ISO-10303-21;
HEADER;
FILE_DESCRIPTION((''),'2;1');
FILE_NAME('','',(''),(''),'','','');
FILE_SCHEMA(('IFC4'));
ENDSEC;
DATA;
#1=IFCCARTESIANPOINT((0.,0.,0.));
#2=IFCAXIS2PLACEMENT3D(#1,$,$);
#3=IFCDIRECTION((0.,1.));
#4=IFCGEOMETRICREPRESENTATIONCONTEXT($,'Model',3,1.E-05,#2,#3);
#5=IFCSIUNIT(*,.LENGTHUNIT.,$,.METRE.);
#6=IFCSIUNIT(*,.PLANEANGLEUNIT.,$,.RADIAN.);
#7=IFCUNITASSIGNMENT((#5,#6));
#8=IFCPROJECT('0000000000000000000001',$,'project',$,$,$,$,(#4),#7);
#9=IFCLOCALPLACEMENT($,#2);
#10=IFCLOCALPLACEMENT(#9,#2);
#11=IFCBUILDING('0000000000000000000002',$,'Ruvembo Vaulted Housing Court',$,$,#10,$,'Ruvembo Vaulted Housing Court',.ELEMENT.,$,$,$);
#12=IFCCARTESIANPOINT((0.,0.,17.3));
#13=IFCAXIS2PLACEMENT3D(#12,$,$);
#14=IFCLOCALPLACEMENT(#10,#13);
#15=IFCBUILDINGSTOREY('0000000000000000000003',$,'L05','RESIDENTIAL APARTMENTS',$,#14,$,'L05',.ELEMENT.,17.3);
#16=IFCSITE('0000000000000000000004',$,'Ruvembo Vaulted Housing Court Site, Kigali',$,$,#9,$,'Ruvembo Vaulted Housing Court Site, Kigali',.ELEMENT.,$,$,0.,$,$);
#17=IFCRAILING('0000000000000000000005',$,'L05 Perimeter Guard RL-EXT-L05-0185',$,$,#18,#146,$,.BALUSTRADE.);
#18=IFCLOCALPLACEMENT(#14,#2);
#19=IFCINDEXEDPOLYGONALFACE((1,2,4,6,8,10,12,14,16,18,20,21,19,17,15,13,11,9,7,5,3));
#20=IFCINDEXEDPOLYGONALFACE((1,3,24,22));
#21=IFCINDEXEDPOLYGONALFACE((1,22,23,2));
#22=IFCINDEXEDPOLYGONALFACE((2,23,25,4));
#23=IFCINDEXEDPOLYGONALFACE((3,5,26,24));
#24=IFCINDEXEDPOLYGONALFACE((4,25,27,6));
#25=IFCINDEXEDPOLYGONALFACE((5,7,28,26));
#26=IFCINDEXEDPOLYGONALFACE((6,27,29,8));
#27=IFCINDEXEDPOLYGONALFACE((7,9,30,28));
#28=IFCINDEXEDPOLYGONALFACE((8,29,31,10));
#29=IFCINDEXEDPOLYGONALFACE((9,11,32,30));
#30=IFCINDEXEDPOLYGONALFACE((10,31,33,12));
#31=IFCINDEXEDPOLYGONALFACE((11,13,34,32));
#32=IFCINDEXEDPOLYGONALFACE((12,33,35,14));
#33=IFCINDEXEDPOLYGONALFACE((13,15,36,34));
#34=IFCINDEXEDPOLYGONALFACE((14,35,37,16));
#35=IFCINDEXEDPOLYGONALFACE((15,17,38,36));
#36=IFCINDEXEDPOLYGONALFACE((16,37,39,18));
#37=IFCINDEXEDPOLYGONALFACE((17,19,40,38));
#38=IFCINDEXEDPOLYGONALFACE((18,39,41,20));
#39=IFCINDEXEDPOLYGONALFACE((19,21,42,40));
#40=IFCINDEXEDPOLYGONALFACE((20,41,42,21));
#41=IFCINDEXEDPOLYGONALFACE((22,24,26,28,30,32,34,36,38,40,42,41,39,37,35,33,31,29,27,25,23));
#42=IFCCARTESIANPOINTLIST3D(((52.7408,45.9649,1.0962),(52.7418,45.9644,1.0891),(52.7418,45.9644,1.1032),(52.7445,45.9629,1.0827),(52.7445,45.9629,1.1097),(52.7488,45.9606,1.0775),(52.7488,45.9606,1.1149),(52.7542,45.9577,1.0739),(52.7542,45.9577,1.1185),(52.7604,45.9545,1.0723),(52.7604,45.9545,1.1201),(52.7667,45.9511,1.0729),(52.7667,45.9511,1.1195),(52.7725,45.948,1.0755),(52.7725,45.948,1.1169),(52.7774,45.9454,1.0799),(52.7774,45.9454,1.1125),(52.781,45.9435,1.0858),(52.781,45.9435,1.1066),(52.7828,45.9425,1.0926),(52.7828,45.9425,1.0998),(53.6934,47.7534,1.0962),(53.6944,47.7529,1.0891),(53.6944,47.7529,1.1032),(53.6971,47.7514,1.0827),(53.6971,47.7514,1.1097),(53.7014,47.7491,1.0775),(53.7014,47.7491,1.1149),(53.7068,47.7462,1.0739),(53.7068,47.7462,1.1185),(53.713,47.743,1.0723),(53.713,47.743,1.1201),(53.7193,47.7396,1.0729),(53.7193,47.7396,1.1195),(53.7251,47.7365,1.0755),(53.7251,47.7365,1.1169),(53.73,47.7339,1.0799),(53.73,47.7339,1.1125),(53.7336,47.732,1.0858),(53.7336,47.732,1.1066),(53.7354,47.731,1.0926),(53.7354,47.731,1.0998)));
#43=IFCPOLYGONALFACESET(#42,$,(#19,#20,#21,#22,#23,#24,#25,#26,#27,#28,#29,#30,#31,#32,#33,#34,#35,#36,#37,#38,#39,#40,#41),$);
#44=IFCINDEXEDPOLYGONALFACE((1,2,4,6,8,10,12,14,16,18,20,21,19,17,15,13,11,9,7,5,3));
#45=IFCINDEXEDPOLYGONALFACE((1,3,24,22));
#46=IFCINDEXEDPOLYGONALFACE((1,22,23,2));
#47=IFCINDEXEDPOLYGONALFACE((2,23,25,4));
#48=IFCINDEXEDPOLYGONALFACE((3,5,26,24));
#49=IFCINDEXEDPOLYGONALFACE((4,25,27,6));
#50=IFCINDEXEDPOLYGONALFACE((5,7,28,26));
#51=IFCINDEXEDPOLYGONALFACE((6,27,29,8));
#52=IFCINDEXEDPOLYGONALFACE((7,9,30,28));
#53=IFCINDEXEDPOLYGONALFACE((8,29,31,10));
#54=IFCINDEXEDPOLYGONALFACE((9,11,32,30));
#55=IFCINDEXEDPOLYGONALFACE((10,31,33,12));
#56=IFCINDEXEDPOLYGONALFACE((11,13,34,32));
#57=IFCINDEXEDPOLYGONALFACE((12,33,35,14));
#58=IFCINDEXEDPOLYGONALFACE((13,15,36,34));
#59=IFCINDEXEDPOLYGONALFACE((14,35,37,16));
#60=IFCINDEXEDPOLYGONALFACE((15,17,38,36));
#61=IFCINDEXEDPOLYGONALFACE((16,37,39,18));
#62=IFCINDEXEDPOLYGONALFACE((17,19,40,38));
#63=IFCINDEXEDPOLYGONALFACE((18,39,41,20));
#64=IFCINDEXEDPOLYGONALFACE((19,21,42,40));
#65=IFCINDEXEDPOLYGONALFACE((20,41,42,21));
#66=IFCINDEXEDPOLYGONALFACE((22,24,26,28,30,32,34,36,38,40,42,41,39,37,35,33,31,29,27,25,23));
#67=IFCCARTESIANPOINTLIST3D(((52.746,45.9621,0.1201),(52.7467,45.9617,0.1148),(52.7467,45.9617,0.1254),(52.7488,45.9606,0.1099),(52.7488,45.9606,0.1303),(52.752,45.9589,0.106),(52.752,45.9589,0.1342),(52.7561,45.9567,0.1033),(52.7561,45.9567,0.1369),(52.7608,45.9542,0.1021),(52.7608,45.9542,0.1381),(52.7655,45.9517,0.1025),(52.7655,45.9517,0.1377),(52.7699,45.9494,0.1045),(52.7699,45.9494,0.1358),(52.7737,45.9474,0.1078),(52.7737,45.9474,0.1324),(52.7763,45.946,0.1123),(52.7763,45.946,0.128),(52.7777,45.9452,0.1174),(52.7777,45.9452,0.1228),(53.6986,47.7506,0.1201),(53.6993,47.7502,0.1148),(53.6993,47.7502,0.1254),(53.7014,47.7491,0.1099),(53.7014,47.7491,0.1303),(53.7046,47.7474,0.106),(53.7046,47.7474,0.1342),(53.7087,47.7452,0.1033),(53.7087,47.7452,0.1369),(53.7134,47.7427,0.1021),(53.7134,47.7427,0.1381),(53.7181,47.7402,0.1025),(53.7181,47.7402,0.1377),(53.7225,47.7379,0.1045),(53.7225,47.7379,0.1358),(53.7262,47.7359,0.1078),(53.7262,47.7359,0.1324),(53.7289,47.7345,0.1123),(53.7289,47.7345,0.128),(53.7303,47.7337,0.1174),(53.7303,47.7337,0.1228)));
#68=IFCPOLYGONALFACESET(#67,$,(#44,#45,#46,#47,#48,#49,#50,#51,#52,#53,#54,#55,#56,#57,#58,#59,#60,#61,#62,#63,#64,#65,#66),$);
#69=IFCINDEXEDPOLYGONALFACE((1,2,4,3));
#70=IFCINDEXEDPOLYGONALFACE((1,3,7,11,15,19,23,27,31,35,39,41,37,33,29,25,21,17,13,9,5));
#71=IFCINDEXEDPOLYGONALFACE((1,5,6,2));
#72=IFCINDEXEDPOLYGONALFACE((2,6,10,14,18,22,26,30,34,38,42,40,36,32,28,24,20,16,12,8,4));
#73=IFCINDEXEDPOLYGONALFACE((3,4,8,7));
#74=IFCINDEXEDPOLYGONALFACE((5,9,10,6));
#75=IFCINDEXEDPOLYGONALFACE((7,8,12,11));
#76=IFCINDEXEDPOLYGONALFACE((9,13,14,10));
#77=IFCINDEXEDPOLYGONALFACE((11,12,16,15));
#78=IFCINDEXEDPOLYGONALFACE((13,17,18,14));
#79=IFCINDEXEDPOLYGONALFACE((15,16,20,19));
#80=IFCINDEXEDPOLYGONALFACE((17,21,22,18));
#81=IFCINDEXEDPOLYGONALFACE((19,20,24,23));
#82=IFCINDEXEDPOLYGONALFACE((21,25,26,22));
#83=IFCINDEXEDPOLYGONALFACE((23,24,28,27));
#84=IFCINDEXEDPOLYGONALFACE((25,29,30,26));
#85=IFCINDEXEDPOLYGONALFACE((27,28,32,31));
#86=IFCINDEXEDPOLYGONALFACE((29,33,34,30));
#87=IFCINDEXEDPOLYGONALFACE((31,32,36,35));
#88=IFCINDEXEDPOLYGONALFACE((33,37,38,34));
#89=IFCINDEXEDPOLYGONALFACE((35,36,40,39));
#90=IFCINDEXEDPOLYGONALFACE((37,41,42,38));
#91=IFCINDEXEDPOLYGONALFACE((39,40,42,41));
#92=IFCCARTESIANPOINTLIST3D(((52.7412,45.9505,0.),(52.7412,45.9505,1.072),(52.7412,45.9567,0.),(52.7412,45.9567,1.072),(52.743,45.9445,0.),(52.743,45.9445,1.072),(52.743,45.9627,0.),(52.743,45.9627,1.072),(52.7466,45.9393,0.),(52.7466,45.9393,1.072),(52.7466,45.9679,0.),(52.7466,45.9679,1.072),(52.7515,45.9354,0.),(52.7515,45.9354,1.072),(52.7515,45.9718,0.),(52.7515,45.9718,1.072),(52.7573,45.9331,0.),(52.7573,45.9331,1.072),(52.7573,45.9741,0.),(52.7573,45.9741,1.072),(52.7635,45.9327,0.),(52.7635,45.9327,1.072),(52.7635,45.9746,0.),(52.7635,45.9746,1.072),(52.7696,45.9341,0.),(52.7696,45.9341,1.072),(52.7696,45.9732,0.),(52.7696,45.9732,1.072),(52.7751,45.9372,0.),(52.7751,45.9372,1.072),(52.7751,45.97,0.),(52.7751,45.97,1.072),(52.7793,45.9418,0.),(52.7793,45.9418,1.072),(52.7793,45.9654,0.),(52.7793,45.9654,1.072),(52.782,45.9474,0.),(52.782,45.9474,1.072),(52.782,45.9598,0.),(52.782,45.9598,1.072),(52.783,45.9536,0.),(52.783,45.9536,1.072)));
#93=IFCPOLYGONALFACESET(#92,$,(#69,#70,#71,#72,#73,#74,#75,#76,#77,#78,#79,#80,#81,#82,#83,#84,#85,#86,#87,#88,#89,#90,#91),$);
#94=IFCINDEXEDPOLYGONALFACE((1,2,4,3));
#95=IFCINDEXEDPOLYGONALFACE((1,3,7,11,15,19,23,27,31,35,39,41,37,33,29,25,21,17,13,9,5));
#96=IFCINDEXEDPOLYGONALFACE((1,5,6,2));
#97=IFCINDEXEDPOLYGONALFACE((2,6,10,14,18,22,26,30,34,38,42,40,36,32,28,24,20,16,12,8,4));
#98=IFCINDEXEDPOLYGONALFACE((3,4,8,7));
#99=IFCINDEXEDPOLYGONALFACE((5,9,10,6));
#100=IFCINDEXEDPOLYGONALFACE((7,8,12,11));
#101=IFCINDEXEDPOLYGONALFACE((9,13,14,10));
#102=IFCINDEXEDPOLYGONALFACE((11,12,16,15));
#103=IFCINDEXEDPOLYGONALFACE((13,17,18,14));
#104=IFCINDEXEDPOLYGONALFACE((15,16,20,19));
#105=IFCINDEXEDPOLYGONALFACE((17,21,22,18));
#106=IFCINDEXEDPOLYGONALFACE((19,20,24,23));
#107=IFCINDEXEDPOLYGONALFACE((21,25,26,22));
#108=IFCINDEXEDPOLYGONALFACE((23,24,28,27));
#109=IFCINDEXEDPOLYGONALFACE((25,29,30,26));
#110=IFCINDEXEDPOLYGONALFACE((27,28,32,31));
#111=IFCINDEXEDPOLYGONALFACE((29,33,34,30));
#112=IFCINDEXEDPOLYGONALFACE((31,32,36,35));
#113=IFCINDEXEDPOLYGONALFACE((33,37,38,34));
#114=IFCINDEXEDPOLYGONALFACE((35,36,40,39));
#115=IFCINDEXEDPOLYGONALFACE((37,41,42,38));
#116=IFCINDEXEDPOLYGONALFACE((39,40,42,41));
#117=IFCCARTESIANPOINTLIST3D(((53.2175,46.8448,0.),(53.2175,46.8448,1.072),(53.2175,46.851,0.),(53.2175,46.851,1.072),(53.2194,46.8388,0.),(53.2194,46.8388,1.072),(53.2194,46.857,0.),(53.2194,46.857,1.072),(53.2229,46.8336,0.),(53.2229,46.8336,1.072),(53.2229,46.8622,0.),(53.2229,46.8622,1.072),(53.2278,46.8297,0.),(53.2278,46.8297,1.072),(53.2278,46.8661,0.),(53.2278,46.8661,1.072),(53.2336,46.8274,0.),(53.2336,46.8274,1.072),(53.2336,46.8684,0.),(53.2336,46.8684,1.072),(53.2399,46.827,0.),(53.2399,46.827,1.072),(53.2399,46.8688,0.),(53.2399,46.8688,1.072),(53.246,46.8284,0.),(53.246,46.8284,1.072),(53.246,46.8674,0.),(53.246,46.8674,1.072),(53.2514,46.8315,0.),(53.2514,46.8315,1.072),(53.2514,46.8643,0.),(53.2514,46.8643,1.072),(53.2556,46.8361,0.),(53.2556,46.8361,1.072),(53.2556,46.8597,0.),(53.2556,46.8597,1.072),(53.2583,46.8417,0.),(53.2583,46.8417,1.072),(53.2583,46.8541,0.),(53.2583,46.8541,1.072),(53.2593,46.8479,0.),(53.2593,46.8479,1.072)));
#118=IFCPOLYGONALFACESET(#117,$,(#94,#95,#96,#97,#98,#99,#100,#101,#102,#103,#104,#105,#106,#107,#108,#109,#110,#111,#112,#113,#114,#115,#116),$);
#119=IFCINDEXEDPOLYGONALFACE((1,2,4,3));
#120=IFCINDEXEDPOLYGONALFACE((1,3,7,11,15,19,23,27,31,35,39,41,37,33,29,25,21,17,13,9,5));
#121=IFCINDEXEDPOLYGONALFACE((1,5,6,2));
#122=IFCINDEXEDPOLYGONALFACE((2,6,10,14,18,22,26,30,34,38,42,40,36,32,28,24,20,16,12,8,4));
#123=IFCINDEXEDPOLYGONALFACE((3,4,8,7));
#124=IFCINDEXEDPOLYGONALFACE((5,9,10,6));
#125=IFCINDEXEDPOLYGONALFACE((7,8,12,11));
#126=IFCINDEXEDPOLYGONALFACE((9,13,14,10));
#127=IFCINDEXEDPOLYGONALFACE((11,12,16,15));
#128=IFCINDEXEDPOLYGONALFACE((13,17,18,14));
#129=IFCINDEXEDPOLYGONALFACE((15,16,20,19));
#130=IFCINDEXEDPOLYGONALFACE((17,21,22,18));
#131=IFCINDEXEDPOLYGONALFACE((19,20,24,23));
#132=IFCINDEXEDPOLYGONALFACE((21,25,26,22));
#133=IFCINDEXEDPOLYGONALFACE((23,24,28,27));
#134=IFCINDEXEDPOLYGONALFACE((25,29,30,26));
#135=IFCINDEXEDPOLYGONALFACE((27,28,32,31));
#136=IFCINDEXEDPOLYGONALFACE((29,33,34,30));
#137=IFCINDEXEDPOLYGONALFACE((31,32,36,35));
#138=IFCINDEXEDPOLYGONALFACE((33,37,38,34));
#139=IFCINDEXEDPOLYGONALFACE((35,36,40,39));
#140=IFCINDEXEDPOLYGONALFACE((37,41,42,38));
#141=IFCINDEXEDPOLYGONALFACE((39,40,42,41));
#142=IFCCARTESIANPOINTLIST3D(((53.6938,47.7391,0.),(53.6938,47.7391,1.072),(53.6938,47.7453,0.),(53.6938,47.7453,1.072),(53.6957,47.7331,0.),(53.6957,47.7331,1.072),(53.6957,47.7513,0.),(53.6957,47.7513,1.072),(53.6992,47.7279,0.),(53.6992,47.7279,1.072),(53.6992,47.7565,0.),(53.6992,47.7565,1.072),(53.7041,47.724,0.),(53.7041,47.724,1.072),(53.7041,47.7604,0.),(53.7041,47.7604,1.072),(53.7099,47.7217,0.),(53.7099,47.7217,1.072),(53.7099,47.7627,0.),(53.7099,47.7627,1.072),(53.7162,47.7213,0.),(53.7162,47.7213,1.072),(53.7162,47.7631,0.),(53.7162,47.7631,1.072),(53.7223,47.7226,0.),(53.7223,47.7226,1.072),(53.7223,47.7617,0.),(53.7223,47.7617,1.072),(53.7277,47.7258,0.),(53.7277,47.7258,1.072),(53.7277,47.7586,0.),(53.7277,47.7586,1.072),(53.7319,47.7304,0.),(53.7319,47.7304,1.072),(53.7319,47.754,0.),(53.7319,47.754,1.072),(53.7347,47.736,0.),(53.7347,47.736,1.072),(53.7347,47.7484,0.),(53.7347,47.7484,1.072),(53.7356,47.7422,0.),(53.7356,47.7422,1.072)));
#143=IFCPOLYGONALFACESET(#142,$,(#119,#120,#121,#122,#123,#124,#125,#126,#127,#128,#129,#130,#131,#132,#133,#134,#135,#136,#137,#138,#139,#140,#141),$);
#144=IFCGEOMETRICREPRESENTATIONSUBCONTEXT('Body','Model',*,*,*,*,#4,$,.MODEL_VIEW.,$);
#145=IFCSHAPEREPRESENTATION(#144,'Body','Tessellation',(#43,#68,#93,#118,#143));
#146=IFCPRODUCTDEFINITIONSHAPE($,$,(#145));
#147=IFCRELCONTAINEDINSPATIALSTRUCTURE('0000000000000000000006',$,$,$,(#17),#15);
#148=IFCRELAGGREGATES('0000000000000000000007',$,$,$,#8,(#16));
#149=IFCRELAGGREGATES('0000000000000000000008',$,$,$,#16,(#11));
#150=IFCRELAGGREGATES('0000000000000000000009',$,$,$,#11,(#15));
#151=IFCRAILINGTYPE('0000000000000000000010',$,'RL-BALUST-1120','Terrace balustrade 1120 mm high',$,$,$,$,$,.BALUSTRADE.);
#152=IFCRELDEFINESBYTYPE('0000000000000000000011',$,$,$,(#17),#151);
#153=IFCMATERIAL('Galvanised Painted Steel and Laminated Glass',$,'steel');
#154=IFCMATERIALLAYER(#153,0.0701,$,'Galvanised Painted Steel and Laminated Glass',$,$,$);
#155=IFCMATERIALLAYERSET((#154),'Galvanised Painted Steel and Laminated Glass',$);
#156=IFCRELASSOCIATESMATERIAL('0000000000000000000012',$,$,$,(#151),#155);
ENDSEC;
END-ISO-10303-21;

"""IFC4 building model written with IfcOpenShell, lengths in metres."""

from ifc_helpers import new_model, si_unit, direction, frame, origin, origin_2d, place, context, subcontext, project, spatial, circle, extrude, material, layer, layer_set, type_object, element, save


model = new_model("IFC4")

# Units and contexts
model_context = context("Model", 3, precision=1e-05, world=origin(), true_north=direction((0.0, 1.0)))
body_context = subcontext(model_context, "Body", "Model", "MODEL_VIEW")
ifc_project = project(units=[si_unit("LENGTHUNIT", "METRE"), si_unit("PLANEANGLEUNIT", "RADIAN")], contexts=[model_context])

# Site, building, storey
site_placement = place(None, origin())
site = spatial("IfcSite", under=ifc_project, at=site_placement, Name="Ruvembo Vaulted Housing Court Site, Kigali", LongName="Ruvembo Vaulted Housing Court Site, Kigali", CompositionType="ELEMENT", RefElevation=0.0)
building_placement = place(site_placement, origin())
building = spatial("IfcBuilding", under=site, at=building_placement, Name="Ruvembo Vaulted Housing Court", LongName="Ruvembo Vaulted Housing Court", CompositionType="ELEMENT")
storey_placement = place(building_placement, frame((0.0, 0.0, 17.3)))
storey = spatial("IfcBuildingStorey", under=building, at=storey_placement, Name="L05", Description="RESIDENTIAL APARTMENTS", LongName="L05", CompositionType="ELEMENT", Elevation=17.3)

# Railing
ifc_material_1 = material(Name="Galvanised Painted Steel and Laminated Glass", Category="steel")
ifc_layer_1 = layer(ifc_material_1, 0.0701, Name="Galvanised Painted Steel and Laminated Glass")
ifc_layer_set_1 = layer_set([ifc_layer_1], Name="Galvanised Painted Steel and Laminated Glass")
railing_type = type_object("IfcRailingType", Name="RL-BALUST-1120", Description="Terrace balustrade 1120 mm high", PredefinedType="BALUSTRADE", material=ifc_layer_set_1)
railing_1_placement = place(storey_placement, frame((52.762, 45.9536, 0.0)))
element("IfcRailing", 1, at=railing_1_placement, inside=storey, type_object=railing_type, Name="L05 Perimeter Guard RL-EXT-L05-0185", PredefinedType="BALUSTRADE", context=body_context, shape_type="SweptSolid", body=[
    extrude(circle(Radius=0.0239, at=origin_2d()), frame((0.0, 0.0, 1.0962), z_axis=(0.4701, 0.882613, 0.0), x_axis=(-0.882613, 0.4701, 0.0)), (0.0, 0.0, 1.0), 2.0264),
    extrude(circle(Radius=0.0181, at=origin_2d()), frame((0.0, 0.0, 0.1201), z_axis=(0.4701, 0.882613, 0.0), x_axis=(-0.882613, 0.4701, 0.0)), (0.0, 0.0, 1.0), 2.0264),
    extrude(circle(Radius=0.021, at=origin_2d()), origin(), (0.0, 0.0, 1.0), 1.072),
    extrude(circle(Radius=0.021, at=origin_2d()), frame((0.4763, 0.8943, 0.0)), (0.0, 0.0, 1.0), 1.072),
    extrude(circle(Radius=0.021, at=origin_2d()), frame((0.9526, 1.7886, 0.0)), (0.0, 0.0, 1.0), 1.072),
])

save(model, "model.ifc")
